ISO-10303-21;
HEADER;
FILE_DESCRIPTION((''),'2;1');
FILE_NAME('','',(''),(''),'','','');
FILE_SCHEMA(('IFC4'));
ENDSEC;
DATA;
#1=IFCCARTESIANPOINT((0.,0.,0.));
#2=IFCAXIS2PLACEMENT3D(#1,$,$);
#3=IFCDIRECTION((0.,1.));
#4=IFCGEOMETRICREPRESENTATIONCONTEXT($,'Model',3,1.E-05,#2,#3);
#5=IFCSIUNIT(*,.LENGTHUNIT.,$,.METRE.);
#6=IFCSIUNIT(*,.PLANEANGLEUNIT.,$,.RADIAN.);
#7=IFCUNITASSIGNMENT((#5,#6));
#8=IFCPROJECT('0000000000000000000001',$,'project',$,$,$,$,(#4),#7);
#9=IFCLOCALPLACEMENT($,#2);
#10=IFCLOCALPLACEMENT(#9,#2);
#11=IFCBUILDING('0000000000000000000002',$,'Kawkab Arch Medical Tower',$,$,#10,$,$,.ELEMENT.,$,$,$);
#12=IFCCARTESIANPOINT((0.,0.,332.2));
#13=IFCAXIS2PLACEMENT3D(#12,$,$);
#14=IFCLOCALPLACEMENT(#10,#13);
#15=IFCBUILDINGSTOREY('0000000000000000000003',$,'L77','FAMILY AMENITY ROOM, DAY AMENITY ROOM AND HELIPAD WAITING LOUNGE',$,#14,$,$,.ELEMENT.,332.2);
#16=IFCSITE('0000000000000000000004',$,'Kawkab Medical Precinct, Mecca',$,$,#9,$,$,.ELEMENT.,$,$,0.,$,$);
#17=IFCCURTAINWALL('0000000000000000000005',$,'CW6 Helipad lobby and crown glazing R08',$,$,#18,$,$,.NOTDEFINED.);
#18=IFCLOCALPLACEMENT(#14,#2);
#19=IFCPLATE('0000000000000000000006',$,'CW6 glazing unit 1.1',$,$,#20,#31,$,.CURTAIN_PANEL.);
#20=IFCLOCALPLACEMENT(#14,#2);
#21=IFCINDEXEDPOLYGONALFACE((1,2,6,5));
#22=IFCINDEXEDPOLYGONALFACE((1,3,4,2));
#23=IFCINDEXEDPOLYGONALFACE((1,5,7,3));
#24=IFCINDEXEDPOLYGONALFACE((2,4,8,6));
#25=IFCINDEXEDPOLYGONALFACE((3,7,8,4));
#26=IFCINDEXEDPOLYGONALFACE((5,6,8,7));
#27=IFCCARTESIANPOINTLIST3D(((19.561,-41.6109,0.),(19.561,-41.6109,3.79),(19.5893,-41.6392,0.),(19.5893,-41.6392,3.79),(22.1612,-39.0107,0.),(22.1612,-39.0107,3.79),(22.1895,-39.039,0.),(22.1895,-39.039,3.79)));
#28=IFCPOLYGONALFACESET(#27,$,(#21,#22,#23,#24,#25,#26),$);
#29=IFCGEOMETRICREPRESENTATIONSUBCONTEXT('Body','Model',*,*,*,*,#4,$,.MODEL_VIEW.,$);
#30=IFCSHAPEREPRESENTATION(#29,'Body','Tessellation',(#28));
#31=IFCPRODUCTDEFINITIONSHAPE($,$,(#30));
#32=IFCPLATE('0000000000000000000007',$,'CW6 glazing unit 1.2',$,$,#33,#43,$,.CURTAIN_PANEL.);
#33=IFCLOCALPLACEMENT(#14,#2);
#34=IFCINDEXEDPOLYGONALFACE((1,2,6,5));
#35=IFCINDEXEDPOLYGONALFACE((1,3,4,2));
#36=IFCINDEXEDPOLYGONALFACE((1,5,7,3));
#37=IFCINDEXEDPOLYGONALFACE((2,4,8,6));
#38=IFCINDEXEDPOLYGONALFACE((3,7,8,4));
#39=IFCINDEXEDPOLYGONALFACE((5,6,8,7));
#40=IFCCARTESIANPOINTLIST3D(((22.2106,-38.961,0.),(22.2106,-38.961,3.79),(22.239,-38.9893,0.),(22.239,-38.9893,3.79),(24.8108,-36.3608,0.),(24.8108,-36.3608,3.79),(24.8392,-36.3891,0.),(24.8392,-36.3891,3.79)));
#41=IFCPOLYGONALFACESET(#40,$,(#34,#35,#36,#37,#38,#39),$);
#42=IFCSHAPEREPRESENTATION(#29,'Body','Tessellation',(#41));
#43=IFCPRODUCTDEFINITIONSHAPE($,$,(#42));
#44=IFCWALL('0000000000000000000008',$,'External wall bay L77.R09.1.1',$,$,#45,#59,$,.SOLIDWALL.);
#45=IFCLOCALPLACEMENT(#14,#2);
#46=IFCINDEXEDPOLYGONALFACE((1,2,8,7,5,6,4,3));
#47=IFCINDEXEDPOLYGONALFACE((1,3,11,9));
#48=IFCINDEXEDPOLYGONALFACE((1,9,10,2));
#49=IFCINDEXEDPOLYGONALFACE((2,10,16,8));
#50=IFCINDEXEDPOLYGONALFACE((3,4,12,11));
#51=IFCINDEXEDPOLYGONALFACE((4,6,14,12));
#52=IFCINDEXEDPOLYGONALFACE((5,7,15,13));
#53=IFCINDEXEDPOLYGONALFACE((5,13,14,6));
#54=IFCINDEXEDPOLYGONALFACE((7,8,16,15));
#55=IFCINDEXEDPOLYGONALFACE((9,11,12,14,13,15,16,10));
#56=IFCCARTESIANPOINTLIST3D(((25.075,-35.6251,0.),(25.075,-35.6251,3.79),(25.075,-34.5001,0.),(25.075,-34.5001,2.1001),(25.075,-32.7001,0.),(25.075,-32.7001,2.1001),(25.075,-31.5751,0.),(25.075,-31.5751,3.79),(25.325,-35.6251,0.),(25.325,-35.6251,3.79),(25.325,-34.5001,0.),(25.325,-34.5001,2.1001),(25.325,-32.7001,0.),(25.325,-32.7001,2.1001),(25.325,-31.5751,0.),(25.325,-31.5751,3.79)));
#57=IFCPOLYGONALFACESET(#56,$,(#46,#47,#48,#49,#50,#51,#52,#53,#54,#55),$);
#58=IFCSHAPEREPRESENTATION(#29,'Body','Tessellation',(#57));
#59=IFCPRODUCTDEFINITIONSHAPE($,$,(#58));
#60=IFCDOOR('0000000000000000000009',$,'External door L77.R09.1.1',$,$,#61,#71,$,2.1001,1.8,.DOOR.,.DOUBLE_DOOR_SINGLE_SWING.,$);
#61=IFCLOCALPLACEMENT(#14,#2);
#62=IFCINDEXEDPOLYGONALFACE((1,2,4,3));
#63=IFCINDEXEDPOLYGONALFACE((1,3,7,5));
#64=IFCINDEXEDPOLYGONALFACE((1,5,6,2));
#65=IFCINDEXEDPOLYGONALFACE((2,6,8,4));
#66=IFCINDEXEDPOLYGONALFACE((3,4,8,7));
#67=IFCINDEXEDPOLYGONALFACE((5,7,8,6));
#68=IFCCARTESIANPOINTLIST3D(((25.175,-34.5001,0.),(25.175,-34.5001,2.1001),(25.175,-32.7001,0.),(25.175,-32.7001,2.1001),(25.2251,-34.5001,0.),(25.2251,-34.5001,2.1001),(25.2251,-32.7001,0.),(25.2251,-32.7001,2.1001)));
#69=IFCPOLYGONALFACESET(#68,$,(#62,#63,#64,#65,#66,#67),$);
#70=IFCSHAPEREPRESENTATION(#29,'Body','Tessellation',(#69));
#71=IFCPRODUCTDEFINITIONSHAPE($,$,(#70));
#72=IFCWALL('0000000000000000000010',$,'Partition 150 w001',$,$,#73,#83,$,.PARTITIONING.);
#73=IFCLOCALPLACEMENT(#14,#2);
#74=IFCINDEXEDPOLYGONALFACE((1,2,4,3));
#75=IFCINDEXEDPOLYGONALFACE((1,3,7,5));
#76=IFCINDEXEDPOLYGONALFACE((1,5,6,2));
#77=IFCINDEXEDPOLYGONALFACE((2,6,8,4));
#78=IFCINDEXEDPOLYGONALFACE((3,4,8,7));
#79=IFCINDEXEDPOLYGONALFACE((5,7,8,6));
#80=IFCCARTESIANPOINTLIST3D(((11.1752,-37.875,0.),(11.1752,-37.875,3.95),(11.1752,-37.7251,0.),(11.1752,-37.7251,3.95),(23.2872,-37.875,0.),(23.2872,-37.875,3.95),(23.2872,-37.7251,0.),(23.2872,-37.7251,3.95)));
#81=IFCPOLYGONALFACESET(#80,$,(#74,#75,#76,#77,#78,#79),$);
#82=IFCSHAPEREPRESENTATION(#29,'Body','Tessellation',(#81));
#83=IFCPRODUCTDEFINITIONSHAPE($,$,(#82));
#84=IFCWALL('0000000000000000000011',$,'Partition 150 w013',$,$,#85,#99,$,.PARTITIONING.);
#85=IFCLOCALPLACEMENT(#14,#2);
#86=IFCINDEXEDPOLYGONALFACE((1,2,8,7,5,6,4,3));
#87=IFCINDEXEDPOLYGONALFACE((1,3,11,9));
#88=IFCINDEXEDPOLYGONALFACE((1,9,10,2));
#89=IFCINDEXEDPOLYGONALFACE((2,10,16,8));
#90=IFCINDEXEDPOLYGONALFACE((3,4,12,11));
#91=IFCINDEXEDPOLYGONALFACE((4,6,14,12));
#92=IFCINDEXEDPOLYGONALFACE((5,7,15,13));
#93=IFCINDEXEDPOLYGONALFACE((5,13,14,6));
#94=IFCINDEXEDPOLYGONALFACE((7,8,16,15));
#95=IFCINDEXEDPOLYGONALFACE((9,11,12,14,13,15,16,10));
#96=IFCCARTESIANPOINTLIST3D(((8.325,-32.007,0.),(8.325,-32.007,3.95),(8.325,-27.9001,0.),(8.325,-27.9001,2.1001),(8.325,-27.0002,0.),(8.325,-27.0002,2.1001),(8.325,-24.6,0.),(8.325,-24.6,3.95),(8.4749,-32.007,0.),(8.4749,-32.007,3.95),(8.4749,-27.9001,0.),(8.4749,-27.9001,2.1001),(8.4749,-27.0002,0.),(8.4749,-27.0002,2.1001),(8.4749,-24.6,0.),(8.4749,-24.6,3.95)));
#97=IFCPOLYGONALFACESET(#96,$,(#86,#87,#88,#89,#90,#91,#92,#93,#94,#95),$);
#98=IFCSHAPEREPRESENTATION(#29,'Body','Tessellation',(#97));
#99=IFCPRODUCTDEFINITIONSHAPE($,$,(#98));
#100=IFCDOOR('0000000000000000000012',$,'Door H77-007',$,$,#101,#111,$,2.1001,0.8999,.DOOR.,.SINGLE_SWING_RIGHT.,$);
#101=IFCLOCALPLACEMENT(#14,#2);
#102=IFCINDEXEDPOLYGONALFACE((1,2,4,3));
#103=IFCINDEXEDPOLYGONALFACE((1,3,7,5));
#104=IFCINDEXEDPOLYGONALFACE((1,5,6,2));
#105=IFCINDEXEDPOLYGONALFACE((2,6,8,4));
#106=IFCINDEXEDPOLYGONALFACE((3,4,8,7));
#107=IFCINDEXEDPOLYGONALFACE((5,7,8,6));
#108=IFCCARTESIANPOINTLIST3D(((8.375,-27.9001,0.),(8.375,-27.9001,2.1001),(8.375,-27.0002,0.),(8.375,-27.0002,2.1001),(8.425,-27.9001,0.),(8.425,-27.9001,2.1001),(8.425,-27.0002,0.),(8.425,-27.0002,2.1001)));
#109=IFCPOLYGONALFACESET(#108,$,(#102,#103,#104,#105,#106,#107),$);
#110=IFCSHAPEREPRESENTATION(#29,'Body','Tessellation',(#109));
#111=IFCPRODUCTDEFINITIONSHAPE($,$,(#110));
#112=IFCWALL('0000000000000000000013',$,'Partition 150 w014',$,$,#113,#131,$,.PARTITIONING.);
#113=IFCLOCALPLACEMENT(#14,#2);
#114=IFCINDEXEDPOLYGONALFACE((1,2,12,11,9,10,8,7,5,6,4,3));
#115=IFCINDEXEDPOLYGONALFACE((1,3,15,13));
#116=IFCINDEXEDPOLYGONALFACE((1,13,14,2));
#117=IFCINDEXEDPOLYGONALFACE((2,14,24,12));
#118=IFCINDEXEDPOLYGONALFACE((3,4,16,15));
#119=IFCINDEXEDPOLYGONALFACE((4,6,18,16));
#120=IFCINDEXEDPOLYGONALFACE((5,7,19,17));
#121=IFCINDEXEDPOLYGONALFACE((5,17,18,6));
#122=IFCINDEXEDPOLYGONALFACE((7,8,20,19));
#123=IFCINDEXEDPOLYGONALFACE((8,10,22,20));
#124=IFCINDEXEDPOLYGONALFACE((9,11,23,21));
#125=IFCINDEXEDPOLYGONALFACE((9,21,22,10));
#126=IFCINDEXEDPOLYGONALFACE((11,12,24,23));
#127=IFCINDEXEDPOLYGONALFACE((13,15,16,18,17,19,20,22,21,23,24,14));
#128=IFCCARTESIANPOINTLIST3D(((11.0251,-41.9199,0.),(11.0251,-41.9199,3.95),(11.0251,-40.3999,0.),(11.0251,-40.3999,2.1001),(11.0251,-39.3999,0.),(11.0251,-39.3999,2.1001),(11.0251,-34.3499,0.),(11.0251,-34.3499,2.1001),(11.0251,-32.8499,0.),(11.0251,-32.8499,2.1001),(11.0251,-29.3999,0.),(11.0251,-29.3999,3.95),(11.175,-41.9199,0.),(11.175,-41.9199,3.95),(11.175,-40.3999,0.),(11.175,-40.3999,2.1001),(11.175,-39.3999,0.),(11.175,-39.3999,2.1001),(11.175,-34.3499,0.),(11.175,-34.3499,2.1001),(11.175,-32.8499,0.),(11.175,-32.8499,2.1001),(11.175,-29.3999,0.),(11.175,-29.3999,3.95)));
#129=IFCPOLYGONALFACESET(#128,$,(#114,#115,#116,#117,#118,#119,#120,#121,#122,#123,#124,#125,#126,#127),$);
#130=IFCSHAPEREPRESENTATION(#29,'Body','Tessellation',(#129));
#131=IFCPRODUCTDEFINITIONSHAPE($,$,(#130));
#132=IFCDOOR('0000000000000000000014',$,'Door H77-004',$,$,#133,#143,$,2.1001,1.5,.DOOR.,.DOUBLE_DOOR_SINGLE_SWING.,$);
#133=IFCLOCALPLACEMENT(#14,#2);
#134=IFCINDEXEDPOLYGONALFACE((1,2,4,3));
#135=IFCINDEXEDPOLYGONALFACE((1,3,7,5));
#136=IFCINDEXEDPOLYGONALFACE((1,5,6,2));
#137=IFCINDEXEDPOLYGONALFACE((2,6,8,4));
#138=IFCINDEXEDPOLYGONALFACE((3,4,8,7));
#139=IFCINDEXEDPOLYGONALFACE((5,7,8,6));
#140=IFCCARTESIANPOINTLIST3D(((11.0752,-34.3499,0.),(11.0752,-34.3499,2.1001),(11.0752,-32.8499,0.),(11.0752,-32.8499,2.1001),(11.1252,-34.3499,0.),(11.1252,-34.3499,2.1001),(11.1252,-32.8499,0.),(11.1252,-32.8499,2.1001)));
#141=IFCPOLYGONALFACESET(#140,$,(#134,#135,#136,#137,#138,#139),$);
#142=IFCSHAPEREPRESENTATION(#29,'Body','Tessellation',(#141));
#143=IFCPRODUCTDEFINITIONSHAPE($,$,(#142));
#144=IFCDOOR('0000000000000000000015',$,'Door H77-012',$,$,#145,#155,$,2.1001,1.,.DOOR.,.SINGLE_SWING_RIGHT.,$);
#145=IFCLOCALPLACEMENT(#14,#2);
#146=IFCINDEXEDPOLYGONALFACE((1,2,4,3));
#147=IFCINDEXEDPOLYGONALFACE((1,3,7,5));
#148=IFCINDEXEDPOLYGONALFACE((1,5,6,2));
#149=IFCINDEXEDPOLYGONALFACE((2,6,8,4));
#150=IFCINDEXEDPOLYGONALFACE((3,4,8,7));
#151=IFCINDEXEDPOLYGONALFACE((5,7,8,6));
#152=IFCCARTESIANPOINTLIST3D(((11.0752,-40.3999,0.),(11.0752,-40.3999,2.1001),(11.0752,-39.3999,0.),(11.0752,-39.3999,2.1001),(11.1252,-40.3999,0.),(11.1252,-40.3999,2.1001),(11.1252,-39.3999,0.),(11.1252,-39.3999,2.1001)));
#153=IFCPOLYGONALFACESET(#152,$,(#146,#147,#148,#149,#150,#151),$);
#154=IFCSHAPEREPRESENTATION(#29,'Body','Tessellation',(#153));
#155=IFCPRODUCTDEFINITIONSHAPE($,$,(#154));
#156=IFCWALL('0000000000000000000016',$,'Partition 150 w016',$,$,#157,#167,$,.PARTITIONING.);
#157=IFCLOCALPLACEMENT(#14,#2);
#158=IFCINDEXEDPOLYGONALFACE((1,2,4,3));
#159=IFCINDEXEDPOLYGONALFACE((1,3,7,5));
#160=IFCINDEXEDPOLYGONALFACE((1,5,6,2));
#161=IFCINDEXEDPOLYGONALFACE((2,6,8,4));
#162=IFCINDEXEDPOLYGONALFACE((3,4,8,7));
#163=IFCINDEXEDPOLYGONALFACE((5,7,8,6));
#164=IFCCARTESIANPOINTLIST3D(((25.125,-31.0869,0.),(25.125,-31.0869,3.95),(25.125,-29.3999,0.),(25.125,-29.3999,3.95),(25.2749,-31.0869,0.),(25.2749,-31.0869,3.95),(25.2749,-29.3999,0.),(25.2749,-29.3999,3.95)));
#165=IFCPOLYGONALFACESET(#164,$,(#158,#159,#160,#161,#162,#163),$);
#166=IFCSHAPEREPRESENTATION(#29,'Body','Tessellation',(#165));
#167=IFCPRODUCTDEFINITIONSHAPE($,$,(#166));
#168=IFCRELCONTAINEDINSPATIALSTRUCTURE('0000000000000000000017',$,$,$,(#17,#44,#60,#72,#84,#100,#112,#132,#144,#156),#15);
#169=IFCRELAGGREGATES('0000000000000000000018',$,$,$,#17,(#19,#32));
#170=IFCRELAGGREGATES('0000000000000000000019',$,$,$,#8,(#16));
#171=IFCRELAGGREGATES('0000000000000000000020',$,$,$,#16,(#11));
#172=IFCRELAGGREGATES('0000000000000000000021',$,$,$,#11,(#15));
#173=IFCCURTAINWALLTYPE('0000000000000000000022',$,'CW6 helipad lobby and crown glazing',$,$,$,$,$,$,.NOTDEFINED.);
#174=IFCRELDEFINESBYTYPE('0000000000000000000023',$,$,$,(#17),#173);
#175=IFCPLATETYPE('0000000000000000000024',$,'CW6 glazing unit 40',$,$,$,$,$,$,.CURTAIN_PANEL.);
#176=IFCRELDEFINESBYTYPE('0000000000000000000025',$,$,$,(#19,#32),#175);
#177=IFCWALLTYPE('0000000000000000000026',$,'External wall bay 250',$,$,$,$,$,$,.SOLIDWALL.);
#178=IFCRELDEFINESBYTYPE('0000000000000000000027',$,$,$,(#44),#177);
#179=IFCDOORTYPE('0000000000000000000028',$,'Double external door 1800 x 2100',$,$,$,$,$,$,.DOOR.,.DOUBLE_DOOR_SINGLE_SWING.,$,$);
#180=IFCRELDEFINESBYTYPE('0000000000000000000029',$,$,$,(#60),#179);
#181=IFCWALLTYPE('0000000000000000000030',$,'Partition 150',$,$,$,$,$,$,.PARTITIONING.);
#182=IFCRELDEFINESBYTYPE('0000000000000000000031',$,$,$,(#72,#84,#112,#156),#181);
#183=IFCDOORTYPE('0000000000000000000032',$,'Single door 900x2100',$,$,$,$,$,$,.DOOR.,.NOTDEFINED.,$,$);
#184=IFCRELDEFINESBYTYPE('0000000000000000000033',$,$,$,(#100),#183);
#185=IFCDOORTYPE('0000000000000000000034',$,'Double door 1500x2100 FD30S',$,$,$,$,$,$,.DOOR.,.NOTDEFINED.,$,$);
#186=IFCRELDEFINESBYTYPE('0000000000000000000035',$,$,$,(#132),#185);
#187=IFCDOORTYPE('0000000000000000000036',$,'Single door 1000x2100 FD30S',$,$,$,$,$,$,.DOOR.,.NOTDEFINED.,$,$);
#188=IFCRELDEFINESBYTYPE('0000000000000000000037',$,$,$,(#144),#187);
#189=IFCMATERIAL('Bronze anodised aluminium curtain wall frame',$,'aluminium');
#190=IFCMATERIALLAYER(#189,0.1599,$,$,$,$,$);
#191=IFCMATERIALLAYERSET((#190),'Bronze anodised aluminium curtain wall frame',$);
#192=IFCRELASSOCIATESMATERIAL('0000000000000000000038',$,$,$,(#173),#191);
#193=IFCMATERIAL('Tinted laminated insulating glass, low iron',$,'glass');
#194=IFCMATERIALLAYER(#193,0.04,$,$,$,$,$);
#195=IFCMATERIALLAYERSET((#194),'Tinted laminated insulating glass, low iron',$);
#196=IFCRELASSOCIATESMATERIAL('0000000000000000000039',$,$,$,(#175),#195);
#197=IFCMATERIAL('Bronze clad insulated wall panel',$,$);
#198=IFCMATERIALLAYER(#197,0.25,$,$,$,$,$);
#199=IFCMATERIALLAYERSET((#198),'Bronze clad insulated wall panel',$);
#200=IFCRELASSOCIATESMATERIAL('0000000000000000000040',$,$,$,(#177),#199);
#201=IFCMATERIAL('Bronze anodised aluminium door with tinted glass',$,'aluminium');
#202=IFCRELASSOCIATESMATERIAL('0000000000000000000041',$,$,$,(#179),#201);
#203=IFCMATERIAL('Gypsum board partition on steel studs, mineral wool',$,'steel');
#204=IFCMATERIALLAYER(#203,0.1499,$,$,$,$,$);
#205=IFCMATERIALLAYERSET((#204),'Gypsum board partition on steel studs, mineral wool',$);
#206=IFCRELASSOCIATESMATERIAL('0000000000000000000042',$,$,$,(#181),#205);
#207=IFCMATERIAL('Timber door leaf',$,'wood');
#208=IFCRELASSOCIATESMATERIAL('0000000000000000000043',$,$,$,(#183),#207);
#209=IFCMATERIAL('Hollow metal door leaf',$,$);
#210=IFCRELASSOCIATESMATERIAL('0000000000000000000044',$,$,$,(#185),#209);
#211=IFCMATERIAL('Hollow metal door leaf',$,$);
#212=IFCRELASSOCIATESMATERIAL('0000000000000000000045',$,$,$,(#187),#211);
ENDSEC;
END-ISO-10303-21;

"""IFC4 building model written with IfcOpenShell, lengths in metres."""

from ifc_helpers import new_model, si_unit, direction, frame, frame_2d, origin, origin_2d, place, context, subcontext, project, spatial, rectangle, extrude, material, layer, layer_set, type_object, element, fill, aggregate, save


model = new_model("IFC4")

# Units and contexts
model_context = context("Model", 3, precision=1e-05, world=origin(), true_north=direction((0.0, 1.0)))
body_context = subcontext(model_context, "Body", "Model", "MODEL_VIEW")
ifc_project = project(units=[si_unit("LENGTHUNIT", "METRE"), si_unit("PLANEANGLEUNIT", "RADIAN")], contexts=[model_context])

# Site, building, storey
site_placement = place(None, origin())
site = spatial("IfcSite", under=ifc_project, at=site_placement, Name="Kawkab Medical Precinct, Mecca", CompositionType="ELEMENT", RefElevation=0.0)
building_placement = place(site_placement, origin())
building = spatial("IfcBuilding", under=site, at=building_placement, Name="Kawkab Arch Medical Tower", CompositionType="ELEMENT")
storey_placement = place(building_placement, frame((0.0, 0.0, 332.2)))
storey = spatial("IfcBuildingStorey", under=building, at=storey_placement, Name="L77", Description="FAMILY AMENITY ROOM, DAY AMENITY ROOM AND HELIPAD WAITING LOUNGE", CompositionType="ELEMENT", Elevation=332.2)

# Shared definitions
ifc_material_1 = material(Name="Bronze anodised aluminium curtain wall frame", Category="aluminium")
ifc_layer_1 = layer(ifc_material_1, 0.1599)
ifc_layer_set_1 = layer_set([ifc_layer_1], Name="Bronze anodised aluminium curtain wall frame")
curtain_wall_type = type_object("IfcCurtainWallType", Name="CW6 helipad lobby and crown glazing", PredefinedType="NOTDEFINED", material=ifc_layer_set_1)
placement = place(storey_placement, origin())

# Curtain wall
curtain_wall_1 = element("IfcCurtainWall", 1, at=placement, inside=storey, type_object=curtain_wall_type, Name="CW6 Helipad lobby and crown glazing R08", PredefinedType="NOTDEFINED")

# Plates
ifc_material_2 = material(Name="Tinted laminated insulating glass, low iron", Category="glass")
ifc_layer_2 = layer(ifc_material_2, 0.04)
ifc_layer_set_2 = layer_set([ifc_layer_2], Name="Tinted laminated insulating glass, low iron")
plate_type = type_object("IfcPlateType", Name="CW6 glazing unit 40", PredefinedType="CURTAIN_PANEL", material=ifc_layer_set_2)
plate_1_placement = place(storey_placement, frame((20.8752, -40.325, 0.0), z_axis=(0.0, 0.0, 1.0), x_axis=(0.707107, 0.707107, 0.0)))
plate_1 = element("IfcPlate", 2, at=plate_1_placement, type_object=plate_type, Name="CW6 glazing unit 1.1", PredefinedType="CURTAIN_PANEL", context=body_context, shape_type="SweptSolid", body=[
    extrude(rectangle(XDim=3.6772, YDim=0.04, at=origin_2d()), origin(), (0.0, 0.0, 1.0), 3.79),
])
plate_2_placement = place(storey_placement, frame((23.5249, -37.675, 0.0), z_axis=(0.0, 0.0, 1.0), x_axis=(0.707107, 0.707107, 0.0)))
plate_2 = element("IfcPlate", 3, at=plate_2_placement, type_object=plate_type, Name="CW6 glazing unit 1.2", PredefinedType="CURTAIN_PANEL", context=body_context, shape_type="SweptSolid", body=[
    extrude(rectangle(XDim=3.6772, YDim=0.04, at=origin_2d()), origin(), (0.0, 0.0, 1.0), 3.79),
])
aggregate(curtain_wall_1, [plate_1, plate_2])

# Wall, opening, door
ifc_material_3 = material(Name="Bronze clad insulated wall panel")
ifc_layer_3 = layer(ifc_material_3, 0.25)
ifc_layer_set_3 = layer_set([ifc_layer_3], Name="Bronze clad insulated wall panel")
wall_type_1 = type_object("IfcWallType", Name="External wall bay 250", PredefinedType="SOLIDWALL", material=ifc_layer_set_3)
wall_1_placement = place(storey_placement, frame((25.2, -35.625, 0.0), z_axis=(0.0, 0.0, 1.0), x_axis=(0.0, 1.0, 0.0)))
wall_1 = element("IfcWall", 4, at=wall_1_placement, inside=storey, type_object=wall_type_1, Name="External wall bay L77.R09.1.1", PredefinedType="SOLIDWALL", context=body_context, shape_type="SweptSolid", body=[
    extrude(rectangle(XDim=4.05, YDim=0.25, at=frame_2d((2.0249, 0.0))), origin(), (0.0, 0.0, 1.0), 3.79),
])
opening_1_placement = place(wall_1_placement, frame((1.125, 0.0, 0.0)))
opening_1 = element("IfcOpeningElement", 5, at=opening_1_placement, cuts=wall_1, PredefinedType="OPENING", context=body_context, shape_type="SweptSolid", body=[
    extrude(rectangle(XDim=1.8, YDim=2.1001, at=frame_2d((0.8999, 1.05))), frame((0.0, 0.135, 0.0), z_axis=(0.0, -1.0, 0.0), x_axis=(1.0, 0.0, 0.0)), (0.0, 0.0, 1.0), 0.27),
])
ifc_material_4 = material(Name="Bronze anodised aluminium door with tinted glass", Category="aluminium")
door_type_1 = type_object("IfcDoorType", Name="Double external door 1800 x 2100", OperationType="DOUBLE_DOOR_SINGLE_SWING", PredefinedType="DOOR", material=ifc_material_4)
door_1_placement = place(opening_1_placement, origin())
door_1 = element("IfcDoor", 6, at=door_1_placement, inside=storey, type_object=door_type_1, Name="External door L77.R09.1.1", OperationType="DOUBLE_DOOR_SINGLE_SWING", OverallHeight=2.1001, OverallWidth=1.8, PredefinedType="DOOR", context=body_context, shape_type="SweptSolid", body=[
    extrude(rectangle(XDim=1.8, YDim=2.1001, at=frame_2d((0.8999, 1.05))), frame((0.0, 0.0249, 0.0), z_axis=(0.0, -1.0, 0.0), x_axis=(1.0, 0.0, 0.0)), (0.0, 0.0, 1.0), 0.05),
])
fill(opening_1, door_1)

# Wall
ifc_material_5 = material(Name="Gypsum board partition on steel studs, mineral wool", Category="steel")
ifc_layer_4 = layer(ifc_material_5, 0.1499)
ifc_layer_set_4 = layer_set([ifc_layer_4], Name="Gypsum board partition on steel studs, mineral wool")
wall_type_2 = type_object("IfcWallType", Name="Partition 150", PredefinedType="PARTITIONING", material=ifc_layer_set_4)
wall_2_placement = place(storey_placement, frame((11.175, -37.8, 0.0), z_axis=(0.0, 0.0, 1.0), x_axis=(1.0, 0.0, 0.0)))
element("IfcWall", 7, at=wall_2_placement, inside=storey, type_object=wall_type_2, Name="Partition 150 w001", PredefinedType="PARTITIONING", context=body_context, shape_type="SweptSolid", body=[
    extrude(rectangle(XDim=12.1121, YDim=0.1499, at=frame_2d((6.0562, 0.0))), origin(), (0.0, 0.0, 1.0), 3.95),
])

# Wall, opening, door
wall_3_placement = place(storey_placement, frame((8.3999, -32.0071, 0.0), z_axis=(0.0, 0.0, 1.0), x_axis=(0.0, 1.0, 0.0)))
wall_3 = element("IfcWall", 8, at=wall_3_placement, inside=storey, type_object=wall_type_2, Name="Partition 150 w013", PredefinedType="PARTITIONING", context=body_context, shape_type="SweptSolid", body=[
    extrude(rectangle(XDim=7.407, YDim=0.1499, at=frame_2d((3.7036, 0.0))), origin(), (0.0, 0.0, 1.0), 3.95),
])
opening_2_placement = place(wall_3_placement, frame((4.1069, 0.0, 0.0)))
opening_2 = element("IfcOpeningElement", 9, at=opening_2_placement, cuts=wall_3, PredefinedType="OPENING", context=body_context, shape_type="SweptSolid", body=[
    extrude(rectangle(XDim=0.8999, YDim=2.1001, at=frame_2d((0.45, 1.05))), frame((0.0, 0.085, 0.0), z_axis=(0.0, -1.0, 0.0), x_axis=(1.0, 0.0, 0.0)), (0.0, 0.0, 1.0), 0.1699),
])
ifc_material_6 = material(Name="Timber door leaf", Category="wood")
door_type_2 = type_object("IfcDoorType", Name="Single door 900x2100", OperationType="NOTDEFINED", PredefinedType="DOOR", material=ifc_material_6)
door_2_placement = place(opening_2_placement, origin())
door_2 = element("IfcDoor", 10, at=door_2_placement, inside=storey, type_object=door_type_2, Name="Door H77-007", OperationType="SINGLE_SWING_RIGHT", OverallHeight=2.1001, OverallWidth=0.8999, PredefinedType="DOOR", context=body_context, shape_type="SweptSolid", body=[
    extrude(rectangle(XDim=0.8999, YDim=2.1001, at=frame_2d((0.45, 1.05))), frame((0.0, 0.0249, 0.0), z_axis=(0.0, -1.0, 0.0), x_axis=(1.0, 0.0, 0.0)), (0.0, 0.0, 1.0), 0.05),
])
fill(opening_2, door_2)

# Wall, openings, doors
wall_4_placement = place(storey_placement, frame((11.1001, -41.9199, 0.0), z_axis=(0.0, 0.0, 1.0), x_axis=(0.0, 1.0, 0.0)))
wall_4 = element("IfcWall", 11, at=wall_4_placement, inside=storey, type_object=wall_type_2, Name="Partition 150 w014", PredefinedType="PARTITIONING", context=body_context, shape_type="SweptSolid", body=[
    extrude(rectangle(XDim=12.52, YDim=0.1499, at=frame_2d((6.26, 0.0))), origin(), (0.0, 0.0, 1.0), 3.95),
])
opening_3_placement = place(wall_4_placement, frame((7.5701, 0.0, 0.0)))
opening_3 = element("IfcOpeningElement", 12, at=opening_3_placement, cuts=wall_4, PredefinedType="OPENING", context=body_context, shape_type="SweptSolid", body=[
    extrude(rectangle(XDim=1.5, YDim=2.1001, at=frame_2d((0.75, 1.05))), frame((0.0, 0.085, 0.0), z_axis=(0.0, -1.0, 0.0), x_axis=(1.0, 0.0, 0.0)), (0.0, 0.0, 1.0), 0.1699),
])
opening_4_placement = place(wall_4_placement, frame((1.52, 0.0, 0.0)))
opening_4 = element("IfcOpeningElement", 13, at=opening_4_placement, cuts=wall_4, PredefinedType="OPENING", context=body_context, shape_type="SweptSolid", body=[
    extrude(rectangle(XDim=1.0, YDim=2.1001, at=frame_2d((0.5, 1.05))), frame((0.0, 0.085, 0.0), z_axis=(0.0, -1.0, 0.0), x_axis=(1.0, 0.0, 0.0)), (0.0, 0.0, 1.0), 0.1699),
])
ifc_material_7 = material(Name="Hollow metal door leaf")
door_type_3 = type_object("IfcDoorType", Name="Double door 1500x2100 FD30S", OperationType="NOTDEFINED", PredefinedType="DOOR", material=ifc_material_7)
door_3_placement = place(opening_3_placement, origin())
door_3 = element("IfcDoor", 14, at=door_3_placement, inside=storey, type_object=door_type_3, Name="Door H77-004", OperationType="DOUBLE_DOOR_SINGLE_SWING", OverallHeight=2.1001, OverallWidth=1.5, PredefinedType="DOOR", context=body_context, shape_type="SweptSolid", body=[
    extrude(rectangle(XDim=1.5, YDim=2.1001, at=frame_2d((0.75, 1.05))), frame((0.0, 0.0249, 0.0), z_axis=(0.0, -1.0, 0.0), x_axis=(1.0, 0.0, 0.0)), (0.0, 0.0, 1.0), 0.05),
])
fill(opening_3, door_3)
ifc_material_8 = material(Name="Hollow metal door leaf")
door_type_4 = type_object("IfcDoorType", Name="Single door 1000x2100 FD30S", OperationType="NOTDEFINED", PredefinedType="DOOR", material=ifc_material_8)
door_4_placement = place(opening_4_placement, origin())
door_4 = element("IfcDoor", 15, at=door_4_placement, inside=storey, type_object=door_type_4, Name="Door H77-012", OperationType="SINGLE_SWING_RIGHT", OverallHeight=2.1001, OverallWidth=1.0, PredefinedType="DOOR", context=body_context, shape_type="SweptSolid", body=[
    extrude(rectangle(XDim=1.0, YDim=2.1001, at=frame_2d((0.5, 1.05))), frame((0.0, 0.0249, 0.0), z_axis=(0.0, -1.0, 0.0), x_axis=(1.0, 0.0, 0.0)), (0.0, 0.0, 1.0), 0.05),
])
fill(opening_4, door_4)

# Wall
wall_5_placement = place(storey_placement, frame((25.2, -31.0869, 0.0), z_axis=(0.0, 0.0, 1.0), x_axis=(0.0, 1.0, 0.0)))
element("IfcWall", 16, at=wall_5_placement, inside=storey, type_object=wall_type_2, Name="Partition 150 w016", PredefinedType="PARTITIONING", context=body_context, shape_type="SweptSolid", body=[
    extrude(rectangle(XDim=1.687, YDim=0.1499, at=frame_2d((0.8435, 0.0))), origin(), (0.0, 0.0, 1.0), 3.95),
])

save(model, "model.ifc")
